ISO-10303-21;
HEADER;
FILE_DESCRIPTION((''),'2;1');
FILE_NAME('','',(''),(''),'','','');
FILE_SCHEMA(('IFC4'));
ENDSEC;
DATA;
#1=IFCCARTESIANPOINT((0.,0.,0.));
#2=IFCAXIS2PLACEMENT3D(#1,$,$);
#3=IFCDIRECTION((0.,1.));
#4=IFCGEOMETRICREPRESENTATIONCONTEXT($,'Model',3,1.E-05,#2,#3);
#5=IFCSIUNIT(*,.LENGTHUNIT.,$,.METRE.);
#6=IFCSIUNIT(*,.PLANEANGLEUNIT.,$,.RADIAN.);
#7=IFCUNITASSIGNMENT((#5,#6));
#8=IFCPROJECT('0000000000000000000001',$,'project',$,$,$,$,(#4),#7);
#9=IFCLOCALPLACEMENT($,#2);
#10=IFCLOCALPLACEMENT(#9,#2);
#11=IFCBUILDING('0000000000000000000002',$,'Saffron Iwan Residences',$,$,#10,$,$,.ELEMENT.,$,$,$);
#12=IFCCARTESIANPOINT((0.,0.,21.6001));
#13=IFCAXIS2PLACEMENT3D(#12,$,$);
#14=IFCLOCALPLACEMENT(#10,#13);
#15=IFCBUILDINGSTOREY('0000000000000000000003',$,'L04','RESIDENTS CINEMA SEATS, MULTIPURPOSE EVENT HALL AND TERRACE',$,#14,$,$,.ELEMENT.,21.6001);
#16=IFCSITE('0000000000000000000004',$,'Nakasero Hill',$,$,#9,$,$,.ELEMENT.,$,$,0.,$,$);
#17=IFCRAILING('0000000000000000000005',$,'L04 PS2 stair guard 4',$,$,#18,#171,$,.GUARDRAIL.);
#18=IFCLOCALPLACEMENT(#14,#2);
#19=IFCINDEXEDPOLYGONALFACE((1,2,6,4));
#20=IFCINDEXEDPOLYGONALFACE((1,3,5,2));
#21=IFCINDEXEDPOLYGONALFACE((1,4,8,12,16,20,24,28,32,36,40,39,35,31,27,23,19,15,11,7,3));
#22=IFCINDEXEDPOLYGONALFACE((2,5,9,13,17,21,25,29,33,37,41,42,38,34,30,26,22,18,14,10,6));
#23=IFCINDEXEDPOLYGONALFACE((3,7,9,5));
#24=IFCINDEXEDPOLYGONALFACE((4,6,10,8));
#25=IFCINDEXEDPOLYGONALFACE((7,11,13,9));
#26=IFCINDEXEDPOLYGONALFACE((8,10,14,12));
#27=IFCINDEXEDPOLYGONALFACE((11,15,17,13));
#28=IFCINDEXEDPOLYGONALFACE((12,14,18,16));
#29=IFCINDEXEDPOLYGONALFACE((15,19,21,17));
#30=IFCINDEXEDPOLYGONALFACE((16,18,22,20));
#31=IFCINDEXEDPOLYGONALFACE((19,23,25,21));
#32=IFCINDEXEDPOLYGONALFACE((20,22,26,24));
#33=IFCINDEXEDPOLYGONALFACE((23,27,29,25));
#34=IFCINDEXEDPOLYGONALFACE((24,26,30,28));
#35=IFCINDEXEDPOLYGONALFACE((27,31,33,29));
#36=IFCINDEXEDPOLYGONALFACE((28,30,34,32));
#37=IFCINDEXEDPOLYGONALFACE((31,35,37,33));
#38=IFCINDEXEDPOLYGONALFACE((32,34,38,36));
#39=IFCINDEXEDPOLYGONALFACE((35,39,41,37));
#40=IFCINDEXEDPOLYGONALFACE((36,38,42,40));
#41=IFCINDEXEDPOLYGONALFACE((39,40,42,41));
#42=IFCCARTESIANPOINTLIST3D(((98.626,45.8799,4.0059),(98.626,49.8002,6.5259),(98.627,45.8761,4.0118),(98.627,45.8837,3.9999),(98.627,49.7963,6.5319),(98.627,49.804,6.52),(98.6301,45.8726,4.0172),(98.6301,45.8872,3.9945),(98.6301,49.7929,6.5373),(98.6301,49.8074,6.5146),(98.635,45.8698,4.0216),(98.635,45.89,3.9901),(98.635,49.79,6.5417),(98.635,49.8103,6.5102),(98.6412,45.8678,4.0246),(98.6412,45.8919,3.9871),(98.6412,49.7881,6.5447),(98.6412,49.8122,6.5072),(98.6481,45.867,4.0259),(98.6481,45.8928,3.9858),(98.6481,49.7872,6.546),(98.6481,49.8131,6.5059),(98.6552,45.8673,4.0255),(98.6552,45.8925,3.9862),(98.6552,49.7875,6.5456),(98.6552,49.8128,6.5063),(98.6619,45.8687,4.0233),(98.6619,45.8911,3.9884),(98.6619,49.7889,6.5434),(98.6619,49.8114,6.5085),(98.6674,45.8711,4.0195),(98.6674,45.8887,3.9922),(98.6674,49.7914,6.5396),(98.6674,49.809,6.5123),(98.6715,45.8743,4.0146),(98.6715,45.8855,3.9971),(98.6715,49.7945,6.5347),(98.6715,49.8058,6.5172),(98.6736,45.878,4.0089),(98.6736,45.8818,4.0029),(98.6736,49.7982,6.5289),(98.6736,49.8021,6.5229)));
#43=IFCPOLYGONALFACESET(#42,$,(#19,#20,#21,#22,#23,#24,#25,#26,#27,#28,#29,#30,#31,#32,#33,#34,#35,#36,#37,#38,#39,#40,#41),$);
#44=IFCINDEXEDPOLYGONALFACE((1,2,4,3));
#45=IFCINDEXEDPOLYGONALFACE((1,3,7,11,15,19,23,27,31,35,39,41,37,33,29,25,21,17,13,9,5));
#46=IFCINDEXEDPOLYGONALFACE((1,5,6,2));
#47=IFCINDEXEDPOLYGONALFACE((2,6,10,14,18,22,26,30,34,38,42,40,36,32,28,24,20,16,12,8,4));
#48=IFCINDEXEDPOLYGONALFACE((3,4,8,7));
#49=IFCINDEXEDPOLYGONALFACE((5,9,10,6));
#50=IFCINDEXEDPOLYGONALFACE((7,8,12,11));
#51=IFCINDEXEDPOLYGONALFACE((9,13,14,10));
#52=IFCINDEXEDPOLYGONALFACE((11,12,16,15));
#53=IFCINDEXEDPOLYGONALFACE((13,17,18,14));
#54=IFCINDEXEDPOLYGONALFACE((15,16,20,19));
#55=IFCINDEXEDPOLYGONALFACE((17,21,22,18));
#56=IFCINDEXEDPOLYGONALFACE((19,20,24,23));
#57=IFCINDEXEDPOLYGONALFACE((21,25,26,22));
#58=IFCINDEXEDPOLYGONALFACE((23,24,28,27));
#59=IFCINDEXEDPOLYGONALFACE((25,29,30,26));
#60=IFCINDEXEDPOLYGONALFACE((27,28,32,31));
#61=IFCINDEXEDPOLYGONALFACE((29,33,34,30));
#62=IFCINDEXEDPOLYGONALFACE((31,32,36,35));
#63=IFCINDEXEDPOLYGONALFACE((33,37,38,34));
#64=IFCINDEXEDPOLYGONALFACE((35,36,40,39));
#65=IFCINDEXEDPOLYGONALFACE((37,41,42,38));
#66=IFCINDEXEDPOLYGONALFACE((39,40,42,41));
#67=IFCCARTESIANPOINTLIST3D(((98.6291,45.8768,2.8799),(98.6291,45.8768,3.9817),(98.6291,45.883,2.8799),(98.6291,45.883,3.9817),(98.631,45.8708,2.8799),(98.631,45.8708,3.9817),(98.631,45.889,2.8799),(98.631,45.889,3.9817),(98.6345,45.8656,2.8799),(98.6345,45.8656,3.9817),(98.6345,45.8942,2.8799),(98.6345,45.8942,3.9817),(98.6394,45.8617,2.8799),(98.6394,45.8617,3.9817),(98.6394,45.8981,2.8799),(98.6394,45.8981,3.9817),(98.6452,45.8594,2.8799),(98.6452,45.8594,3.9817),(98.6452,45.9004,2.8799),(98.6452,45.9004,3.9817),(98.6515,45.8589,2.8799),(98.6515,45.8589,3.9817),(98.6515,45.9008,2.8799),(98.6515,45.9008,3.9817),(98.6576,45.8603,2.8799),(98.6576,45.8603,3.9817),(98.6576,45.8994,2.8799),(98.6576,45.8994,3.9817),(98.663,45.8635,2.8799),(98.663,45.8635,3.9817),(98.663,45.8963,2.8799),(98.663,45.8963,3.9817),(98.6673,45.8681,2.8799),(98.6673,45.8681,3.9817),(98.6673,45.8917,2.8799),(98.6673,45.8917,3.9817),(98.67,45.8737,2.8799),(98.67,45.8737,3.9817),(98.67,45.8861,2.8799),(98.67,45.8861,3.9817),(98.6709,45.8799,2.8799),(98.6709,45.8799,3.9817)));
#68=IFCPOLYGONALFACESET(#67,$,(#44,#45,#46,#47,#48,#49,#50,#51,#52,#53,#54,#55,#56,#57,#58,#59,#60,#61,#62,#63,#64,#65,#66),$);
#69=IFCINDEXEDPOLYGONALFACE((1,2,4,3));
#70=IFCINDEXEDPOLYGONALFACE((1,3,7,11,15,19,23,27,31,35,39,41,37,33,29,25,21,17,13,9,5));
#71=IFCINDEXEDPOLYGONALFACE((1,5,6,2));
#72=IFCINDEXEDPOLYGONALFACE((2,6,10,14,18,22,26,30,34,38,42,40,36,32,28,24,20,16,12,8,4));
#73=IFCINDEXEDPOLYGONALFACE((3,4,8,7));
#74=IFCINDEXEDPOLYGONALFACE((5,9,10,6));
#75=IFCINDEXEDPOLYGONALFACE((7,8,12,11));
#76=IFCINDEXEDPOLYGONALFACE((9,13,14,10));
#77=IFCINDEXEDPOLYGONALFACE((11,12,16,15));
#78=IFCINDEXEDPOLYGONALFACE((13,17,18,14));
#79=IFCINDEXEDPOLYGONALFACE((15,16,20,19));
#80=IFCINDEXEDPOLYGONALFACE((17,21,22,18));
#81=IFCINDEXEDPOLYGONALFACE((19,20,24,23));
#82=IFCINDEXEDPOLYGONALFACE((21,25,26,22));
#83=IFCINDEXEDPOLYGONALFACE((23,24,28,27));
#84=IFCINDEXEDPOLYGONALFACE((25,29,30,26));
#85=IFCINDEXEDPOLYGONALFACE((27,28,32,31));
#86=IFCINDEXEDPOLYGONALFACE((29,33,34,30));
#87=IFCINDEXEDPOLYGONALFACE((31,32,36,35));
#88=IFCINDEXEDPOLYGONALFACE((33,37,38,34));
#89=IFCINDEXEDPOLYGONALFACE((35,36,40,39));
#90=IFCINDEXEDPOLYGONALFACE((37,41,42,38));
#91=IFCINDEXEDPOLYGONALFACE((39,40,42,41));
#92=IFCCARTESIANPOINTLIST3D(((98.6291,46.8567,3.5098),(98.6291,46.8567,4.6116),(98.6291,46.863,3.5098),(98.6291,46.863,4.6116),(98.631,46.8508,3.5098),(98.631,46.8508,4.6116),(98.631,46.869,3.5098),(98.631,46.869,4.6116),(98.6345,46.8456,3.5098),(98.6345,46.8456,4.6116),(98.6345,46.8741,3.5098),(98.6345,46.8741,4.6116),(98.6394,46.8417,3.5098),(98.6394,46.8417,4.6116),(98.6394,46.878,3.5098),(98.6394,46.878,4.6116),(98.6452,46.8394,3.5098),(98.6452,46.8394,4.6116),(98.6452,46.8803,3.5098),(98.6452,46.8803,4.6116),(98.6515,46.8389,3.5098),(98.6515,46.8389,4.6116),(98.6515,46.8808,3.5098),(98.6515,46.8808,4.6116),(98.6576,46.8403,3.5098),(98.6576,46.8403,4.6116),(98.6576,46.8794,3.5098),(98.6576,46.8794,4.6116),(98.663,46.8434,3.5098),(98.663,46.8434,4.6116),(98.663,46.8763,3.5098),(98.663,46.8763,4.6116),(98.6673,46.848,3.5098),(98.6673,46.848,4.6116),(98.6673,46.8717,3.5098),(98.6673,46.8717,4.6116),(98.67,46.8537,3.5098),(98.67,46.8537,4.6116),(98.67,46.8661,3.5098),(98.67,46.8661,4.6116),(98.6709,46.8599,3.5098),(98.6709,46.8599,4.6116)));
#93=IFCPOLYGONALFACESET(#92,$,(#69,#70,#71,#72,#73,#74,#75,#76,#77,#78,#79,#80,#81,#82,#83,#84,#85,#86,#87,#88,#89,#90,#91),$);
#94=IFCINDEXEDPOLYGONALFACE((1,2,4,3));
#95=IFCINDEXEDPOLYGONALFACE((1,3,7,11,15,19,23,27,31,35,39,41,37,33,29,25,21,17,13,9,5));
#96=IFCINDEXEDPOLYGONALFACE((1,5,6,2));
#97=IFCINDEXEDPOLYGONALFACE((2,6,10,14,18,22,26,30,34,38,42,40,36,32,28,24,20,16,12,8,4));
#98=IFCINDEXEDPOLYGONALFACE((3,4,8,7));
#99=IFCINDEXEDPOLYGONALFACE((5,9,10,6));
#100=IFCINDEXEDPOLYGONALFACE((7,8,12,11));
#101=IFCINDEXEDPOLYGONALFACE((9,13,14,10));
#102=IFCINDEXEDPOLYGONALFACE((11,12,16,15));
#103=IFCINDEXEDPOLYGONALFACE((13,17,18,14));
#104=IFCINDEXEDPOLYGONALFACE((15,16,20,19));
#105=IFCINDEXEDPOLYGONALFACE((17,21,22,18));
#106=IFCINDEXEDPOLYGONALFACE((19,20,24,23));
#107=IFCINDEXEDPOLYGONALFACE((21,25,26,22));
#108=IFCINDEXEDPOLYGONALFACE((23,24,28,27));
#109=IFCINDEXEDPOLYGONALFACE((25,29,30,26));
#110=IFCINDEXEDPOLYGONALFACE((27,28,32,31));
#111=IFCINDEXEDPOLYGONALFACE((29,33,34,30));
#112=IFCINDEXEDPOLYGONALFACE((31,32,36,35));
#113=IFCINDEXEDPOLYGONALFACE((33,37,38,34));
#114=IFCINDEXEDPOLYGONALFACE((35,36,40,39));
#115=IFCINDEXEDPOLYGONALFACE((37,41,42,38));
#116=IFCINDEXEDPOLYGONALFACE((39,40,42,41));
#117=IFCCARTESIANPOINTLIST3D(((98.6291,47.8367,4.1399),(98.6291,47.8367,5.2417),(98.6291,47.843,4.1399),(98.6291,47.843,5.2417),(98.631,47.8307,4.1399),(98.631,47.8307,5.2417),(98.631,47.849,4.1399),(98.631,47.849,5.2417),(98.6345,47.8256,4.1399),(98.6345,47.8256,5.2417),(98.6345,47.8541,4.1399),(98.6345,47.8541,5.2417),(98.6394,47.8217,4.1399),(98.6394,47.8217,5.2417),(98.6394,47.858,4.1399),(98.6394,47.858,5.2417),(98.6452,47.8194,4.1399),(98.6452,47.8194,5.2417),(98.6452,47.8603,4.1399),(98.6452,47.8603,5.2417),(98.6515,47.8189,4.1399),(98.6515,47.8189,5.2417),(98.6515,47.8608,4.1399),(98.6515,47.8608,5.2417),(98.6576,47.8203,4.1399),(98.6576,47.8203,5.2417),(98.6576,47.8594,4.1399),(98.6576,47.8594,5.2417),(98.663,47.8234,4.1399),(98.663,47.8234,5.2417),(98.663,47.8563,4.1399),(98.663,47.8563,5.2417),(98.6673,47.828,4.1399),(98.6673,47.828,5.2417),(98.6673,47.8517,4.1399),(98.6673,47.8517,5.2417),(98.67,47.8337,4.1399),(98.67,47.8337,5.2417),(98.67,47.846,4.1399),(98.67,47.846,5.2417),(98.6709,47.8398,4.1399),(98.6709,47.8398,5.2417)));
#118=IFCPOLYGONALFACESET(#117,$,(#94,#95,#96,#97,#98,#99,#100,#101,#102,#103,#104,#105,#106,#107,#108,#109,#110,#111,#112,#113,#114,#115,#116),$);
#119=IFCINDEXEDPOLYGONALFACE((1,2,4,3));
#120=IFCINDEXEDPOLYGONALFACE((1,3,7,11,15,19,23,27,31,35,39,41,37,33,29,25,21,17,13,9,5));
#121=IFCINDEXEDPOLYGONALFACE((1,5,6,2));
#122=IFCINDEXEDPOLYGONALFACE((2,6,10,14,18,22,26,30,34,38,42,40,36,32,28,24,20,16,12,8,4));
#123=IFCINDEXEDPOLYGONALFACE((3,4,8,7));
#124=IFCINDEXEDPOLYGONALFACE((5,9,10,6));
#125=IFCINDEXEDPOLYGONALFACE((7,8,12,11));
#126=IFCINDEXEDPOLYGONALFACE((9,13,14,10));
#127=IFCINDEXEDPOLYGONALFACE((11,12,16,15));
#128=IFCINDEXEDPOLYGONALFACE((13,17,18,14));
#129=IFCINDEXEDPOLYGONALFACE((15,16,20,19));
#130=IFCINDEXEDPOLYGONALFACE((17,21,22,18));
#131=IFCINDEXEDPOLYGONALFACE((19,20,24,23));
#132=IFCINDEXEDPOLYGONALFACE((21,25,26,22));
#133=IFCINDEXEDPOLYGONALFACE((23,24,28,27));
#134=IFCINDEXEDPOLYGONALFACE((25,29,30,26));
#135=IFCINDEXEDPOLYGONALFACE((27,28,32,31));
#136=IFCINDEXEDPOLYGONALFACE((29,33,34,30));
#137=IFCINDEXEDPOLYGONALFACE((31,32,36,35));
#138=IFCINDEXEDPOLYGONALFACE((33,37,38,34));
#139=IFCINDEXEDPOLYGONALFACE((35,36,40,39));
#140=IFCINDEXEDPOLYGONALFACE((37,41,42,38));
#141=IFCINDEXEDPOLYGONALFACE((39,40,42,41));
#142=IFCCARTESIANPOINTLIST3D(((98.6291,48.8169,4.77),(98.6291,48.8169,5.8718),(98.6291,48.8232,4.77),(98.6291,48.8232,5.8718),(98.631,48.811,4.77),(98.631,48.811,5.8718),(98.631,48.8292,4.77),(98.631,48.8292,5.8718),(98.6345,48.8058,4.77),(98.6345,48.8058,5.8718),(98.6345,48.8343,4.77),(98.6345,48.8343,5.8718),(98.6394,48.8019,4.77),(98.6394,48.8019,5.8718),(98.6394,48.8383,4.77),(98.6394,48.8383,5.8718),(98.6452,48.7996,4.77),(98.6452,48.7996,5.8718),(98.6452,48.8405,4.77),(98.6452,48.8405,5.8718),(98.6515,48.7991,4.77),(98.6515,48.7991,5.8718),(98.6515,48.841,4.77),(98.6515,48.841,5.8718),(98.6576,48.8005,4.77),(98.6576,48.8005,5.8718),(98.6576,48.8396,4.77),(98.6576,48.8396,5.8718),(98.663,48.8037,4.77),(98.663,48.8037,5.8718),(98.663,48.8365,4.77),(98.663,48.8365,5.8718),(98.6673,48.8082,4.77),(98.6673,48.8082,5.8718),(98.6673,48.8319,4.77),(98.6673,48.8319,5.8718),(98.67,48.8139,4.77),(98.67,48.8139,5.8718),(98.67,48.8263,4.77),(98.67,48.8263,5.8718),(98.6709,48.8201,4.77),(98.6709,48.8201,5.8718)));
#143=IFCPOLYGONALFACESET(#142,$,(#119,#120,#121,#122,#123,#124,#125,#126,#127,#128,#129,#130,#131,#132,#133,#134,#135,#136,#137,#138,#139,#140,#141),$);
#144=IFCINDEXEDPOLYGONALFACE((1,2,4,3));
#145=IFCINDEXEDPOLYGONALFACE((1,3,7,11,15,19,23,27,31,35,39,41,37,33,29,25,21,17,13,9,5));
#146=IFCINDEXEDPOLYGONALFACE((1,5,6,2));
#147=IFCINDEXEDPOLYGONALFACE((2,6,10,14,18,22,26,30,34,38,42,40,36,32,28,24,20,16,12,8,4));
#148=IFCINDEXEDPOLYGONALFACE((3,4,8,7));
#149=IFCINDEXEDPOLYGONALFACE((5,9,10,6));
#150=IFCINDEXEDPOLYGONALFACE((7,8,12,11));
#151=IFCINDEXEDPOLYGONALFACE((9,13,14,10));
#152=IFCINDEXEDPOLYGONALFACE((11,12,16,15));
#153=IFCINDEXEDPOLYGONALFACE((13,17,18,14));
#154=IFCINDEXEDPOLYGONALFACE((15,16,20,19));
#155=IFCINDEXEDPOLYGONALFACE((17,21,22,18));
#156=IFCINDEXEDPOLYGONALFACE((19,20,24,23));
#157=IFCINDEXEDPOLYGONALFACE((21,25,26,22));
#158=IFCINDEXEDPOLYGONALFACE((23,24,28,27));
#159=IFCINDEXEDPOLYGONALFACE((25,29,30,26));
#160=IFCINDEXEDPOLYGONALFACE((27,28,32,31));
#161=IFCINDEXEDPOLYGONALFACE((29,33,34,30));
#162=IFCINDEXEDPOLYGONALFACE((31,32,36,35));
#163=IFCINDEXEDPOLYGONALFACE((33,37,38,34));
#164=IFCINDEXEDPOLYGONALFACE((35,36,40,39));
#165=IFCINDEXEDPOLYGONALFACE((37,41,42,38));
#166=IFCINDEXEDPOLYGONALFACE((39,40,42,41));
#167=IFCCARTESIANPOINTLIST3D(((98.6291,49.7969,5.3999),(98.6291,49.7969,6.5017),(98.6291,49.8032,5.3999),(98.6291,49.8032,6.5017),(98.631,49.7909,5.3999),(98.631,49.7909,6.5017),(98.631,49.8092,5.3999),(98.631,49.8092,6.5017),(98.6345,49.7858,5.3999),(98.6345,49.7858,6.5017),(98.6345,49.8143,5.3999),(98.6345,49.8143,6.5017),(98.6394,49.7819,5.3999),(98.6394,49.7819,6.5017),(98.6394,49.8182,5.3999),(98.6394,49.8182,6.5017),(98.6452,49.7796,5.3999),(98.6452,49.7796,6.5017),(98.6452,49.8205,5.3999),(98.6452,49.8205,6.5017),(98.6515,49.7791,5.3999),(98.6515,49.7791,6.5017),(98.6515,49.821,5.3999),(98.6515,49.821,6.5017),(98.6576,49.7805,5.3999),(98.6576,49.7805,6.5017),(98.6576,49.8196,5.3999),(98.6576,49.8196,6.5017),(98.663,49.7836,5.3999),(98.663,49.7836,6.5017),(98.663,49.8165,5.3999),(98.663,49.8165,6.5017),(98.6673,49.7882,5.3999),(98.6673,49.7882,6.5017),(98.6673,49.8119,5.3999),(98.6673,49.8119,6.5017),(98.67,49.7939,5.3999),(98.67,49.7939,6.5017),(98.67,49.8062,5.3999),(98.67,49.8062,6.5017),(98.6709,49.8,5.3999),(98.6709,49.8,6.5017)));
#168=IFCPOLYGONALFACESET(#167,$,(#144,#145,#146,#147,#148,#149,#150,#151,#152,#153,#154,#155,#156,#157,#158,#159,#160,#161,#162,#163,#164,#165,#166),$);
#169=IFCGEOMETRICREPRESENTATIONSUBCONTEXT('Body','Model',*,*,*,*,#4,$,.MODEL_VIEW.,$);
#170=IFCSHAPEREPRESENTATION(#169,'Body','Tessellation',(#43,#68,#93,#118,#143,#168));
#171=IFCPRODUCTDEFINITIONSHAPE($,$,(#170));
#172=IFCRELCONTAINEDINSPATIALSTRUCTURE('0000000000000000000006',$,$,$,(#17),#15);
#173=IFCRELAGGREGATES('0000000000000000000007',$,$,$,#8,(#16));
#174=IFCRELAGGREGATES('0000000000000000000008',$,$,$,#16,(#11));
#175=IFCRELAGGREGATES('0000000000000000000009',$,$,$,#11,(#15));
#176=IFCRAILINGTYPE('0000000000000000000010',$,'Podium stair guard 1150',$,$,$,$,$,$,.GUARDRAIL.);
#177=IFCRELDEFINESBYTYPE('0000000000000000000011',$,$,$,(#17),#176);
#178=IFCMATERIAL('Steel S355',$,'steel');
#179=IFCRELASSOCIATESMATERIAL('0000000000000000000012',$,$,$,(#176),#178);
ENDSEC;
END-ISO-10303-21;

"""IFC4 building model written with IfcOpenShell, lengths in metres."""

from ifc_helpers import new_model, si_unit, direction, frame, origin, origin_2d, place, context, subcontext, project, spatial, circle, extrude, material, type_object, element, save


model = new_model("IFC4")

# Units and contexts
model_context = context("Model", 3, precision=1e-05, world=origin(), true_north=direction((0.0, 1.0)))
body_context = subcontext(model_context, "Body", "Model", "MODEL_VIEW")
ifc_project = project(units=[si_unit("LENGTHUNIT", "METRE"), si_unit("PLANEANGLEUNIT", "RADIAN")], contexts=[model_context])

# Site, building, storey
site_placement = place(None, origin())
site = spatial("IfcSite", under=ifc_project, at=site_placement, Name="Nakasero Hill", CompositionType="ELEMENT", RefElevation=0.0)
building_placement = place(site_placement, origin())
building = spatial("IfcBuilding", under=site, at=building_placement, Name="Saffron Iwan Residences", CompositionType="ELEMENT")
storey_placement = place(building_placement, frame((0.0, 0.0, 21.6001)))
storey = spatial("IfcBuildingStorey", under=building, at=storey_placement, Name="L04", Description="RESIDENTS CINEMA SEATS, MULTIPURPOSE EVENT HALL AND TERRACE", CompositionType="ELEMENT", Elevation=21.6001)

# Railing
ifc_material_1 = material(Name="Steel S355", Category="steel")
railing_type_1 = type_object("IfcRailingType", Name="Podium stair guard 1150", PredefinedType="GUARDRAIL", material=ifc_material_1)
railing_1_placement = place(storey_placement, frame((98.6499, 45.8799, 2.8799)))
element("IfcRailing", 1, at=railing_1_placement, inside=storey, type_object=railing_type_1, Name="L04 PS2 stair guard 4", PredefinedType="GUARDRAIL", context=body_context, shape_type="SweptSolid", body=[
    extrude(circle(Radius=0.0239, at=origin_2d()), frame((0.0, 0.0, 1.126), z_axis=(0.0, 0.841187, 0.540744), x_axis=(-1.0, 0.0, 0.0)), (0.0, 0.0, 1.0), 4.6604),
    extrude(circle(Radius=0.021, at=origin_2d()), origin(), (0.0, 0.0, 1.0), 1.1018),
    extrude(circle(Radius=0.021, at=origin_2d()), frame((0.0, 0.98, 0.6299)), (0.0, 0.0, 1.0), 1.1018),
    extrude(circle(Radius=0.021, at=origin_2d()), frame((0.0, 1.96, 1.26)), (0.0, 0.0, 1.0), 1.1018),
    extrude(circle(Radius=0.021, at=origin_2d()), frame((0.0, 2.9402, 1.8901)), (0.0, 0.0, 1.0), 1.1018),
    extrude(circle(Radius=0.021, at=origin_2d()), frame((0.0, 3.9202, 2.52)), (0.0, 0.0, 1.0), 1.1018),
])

save(model, "model.ifc")
